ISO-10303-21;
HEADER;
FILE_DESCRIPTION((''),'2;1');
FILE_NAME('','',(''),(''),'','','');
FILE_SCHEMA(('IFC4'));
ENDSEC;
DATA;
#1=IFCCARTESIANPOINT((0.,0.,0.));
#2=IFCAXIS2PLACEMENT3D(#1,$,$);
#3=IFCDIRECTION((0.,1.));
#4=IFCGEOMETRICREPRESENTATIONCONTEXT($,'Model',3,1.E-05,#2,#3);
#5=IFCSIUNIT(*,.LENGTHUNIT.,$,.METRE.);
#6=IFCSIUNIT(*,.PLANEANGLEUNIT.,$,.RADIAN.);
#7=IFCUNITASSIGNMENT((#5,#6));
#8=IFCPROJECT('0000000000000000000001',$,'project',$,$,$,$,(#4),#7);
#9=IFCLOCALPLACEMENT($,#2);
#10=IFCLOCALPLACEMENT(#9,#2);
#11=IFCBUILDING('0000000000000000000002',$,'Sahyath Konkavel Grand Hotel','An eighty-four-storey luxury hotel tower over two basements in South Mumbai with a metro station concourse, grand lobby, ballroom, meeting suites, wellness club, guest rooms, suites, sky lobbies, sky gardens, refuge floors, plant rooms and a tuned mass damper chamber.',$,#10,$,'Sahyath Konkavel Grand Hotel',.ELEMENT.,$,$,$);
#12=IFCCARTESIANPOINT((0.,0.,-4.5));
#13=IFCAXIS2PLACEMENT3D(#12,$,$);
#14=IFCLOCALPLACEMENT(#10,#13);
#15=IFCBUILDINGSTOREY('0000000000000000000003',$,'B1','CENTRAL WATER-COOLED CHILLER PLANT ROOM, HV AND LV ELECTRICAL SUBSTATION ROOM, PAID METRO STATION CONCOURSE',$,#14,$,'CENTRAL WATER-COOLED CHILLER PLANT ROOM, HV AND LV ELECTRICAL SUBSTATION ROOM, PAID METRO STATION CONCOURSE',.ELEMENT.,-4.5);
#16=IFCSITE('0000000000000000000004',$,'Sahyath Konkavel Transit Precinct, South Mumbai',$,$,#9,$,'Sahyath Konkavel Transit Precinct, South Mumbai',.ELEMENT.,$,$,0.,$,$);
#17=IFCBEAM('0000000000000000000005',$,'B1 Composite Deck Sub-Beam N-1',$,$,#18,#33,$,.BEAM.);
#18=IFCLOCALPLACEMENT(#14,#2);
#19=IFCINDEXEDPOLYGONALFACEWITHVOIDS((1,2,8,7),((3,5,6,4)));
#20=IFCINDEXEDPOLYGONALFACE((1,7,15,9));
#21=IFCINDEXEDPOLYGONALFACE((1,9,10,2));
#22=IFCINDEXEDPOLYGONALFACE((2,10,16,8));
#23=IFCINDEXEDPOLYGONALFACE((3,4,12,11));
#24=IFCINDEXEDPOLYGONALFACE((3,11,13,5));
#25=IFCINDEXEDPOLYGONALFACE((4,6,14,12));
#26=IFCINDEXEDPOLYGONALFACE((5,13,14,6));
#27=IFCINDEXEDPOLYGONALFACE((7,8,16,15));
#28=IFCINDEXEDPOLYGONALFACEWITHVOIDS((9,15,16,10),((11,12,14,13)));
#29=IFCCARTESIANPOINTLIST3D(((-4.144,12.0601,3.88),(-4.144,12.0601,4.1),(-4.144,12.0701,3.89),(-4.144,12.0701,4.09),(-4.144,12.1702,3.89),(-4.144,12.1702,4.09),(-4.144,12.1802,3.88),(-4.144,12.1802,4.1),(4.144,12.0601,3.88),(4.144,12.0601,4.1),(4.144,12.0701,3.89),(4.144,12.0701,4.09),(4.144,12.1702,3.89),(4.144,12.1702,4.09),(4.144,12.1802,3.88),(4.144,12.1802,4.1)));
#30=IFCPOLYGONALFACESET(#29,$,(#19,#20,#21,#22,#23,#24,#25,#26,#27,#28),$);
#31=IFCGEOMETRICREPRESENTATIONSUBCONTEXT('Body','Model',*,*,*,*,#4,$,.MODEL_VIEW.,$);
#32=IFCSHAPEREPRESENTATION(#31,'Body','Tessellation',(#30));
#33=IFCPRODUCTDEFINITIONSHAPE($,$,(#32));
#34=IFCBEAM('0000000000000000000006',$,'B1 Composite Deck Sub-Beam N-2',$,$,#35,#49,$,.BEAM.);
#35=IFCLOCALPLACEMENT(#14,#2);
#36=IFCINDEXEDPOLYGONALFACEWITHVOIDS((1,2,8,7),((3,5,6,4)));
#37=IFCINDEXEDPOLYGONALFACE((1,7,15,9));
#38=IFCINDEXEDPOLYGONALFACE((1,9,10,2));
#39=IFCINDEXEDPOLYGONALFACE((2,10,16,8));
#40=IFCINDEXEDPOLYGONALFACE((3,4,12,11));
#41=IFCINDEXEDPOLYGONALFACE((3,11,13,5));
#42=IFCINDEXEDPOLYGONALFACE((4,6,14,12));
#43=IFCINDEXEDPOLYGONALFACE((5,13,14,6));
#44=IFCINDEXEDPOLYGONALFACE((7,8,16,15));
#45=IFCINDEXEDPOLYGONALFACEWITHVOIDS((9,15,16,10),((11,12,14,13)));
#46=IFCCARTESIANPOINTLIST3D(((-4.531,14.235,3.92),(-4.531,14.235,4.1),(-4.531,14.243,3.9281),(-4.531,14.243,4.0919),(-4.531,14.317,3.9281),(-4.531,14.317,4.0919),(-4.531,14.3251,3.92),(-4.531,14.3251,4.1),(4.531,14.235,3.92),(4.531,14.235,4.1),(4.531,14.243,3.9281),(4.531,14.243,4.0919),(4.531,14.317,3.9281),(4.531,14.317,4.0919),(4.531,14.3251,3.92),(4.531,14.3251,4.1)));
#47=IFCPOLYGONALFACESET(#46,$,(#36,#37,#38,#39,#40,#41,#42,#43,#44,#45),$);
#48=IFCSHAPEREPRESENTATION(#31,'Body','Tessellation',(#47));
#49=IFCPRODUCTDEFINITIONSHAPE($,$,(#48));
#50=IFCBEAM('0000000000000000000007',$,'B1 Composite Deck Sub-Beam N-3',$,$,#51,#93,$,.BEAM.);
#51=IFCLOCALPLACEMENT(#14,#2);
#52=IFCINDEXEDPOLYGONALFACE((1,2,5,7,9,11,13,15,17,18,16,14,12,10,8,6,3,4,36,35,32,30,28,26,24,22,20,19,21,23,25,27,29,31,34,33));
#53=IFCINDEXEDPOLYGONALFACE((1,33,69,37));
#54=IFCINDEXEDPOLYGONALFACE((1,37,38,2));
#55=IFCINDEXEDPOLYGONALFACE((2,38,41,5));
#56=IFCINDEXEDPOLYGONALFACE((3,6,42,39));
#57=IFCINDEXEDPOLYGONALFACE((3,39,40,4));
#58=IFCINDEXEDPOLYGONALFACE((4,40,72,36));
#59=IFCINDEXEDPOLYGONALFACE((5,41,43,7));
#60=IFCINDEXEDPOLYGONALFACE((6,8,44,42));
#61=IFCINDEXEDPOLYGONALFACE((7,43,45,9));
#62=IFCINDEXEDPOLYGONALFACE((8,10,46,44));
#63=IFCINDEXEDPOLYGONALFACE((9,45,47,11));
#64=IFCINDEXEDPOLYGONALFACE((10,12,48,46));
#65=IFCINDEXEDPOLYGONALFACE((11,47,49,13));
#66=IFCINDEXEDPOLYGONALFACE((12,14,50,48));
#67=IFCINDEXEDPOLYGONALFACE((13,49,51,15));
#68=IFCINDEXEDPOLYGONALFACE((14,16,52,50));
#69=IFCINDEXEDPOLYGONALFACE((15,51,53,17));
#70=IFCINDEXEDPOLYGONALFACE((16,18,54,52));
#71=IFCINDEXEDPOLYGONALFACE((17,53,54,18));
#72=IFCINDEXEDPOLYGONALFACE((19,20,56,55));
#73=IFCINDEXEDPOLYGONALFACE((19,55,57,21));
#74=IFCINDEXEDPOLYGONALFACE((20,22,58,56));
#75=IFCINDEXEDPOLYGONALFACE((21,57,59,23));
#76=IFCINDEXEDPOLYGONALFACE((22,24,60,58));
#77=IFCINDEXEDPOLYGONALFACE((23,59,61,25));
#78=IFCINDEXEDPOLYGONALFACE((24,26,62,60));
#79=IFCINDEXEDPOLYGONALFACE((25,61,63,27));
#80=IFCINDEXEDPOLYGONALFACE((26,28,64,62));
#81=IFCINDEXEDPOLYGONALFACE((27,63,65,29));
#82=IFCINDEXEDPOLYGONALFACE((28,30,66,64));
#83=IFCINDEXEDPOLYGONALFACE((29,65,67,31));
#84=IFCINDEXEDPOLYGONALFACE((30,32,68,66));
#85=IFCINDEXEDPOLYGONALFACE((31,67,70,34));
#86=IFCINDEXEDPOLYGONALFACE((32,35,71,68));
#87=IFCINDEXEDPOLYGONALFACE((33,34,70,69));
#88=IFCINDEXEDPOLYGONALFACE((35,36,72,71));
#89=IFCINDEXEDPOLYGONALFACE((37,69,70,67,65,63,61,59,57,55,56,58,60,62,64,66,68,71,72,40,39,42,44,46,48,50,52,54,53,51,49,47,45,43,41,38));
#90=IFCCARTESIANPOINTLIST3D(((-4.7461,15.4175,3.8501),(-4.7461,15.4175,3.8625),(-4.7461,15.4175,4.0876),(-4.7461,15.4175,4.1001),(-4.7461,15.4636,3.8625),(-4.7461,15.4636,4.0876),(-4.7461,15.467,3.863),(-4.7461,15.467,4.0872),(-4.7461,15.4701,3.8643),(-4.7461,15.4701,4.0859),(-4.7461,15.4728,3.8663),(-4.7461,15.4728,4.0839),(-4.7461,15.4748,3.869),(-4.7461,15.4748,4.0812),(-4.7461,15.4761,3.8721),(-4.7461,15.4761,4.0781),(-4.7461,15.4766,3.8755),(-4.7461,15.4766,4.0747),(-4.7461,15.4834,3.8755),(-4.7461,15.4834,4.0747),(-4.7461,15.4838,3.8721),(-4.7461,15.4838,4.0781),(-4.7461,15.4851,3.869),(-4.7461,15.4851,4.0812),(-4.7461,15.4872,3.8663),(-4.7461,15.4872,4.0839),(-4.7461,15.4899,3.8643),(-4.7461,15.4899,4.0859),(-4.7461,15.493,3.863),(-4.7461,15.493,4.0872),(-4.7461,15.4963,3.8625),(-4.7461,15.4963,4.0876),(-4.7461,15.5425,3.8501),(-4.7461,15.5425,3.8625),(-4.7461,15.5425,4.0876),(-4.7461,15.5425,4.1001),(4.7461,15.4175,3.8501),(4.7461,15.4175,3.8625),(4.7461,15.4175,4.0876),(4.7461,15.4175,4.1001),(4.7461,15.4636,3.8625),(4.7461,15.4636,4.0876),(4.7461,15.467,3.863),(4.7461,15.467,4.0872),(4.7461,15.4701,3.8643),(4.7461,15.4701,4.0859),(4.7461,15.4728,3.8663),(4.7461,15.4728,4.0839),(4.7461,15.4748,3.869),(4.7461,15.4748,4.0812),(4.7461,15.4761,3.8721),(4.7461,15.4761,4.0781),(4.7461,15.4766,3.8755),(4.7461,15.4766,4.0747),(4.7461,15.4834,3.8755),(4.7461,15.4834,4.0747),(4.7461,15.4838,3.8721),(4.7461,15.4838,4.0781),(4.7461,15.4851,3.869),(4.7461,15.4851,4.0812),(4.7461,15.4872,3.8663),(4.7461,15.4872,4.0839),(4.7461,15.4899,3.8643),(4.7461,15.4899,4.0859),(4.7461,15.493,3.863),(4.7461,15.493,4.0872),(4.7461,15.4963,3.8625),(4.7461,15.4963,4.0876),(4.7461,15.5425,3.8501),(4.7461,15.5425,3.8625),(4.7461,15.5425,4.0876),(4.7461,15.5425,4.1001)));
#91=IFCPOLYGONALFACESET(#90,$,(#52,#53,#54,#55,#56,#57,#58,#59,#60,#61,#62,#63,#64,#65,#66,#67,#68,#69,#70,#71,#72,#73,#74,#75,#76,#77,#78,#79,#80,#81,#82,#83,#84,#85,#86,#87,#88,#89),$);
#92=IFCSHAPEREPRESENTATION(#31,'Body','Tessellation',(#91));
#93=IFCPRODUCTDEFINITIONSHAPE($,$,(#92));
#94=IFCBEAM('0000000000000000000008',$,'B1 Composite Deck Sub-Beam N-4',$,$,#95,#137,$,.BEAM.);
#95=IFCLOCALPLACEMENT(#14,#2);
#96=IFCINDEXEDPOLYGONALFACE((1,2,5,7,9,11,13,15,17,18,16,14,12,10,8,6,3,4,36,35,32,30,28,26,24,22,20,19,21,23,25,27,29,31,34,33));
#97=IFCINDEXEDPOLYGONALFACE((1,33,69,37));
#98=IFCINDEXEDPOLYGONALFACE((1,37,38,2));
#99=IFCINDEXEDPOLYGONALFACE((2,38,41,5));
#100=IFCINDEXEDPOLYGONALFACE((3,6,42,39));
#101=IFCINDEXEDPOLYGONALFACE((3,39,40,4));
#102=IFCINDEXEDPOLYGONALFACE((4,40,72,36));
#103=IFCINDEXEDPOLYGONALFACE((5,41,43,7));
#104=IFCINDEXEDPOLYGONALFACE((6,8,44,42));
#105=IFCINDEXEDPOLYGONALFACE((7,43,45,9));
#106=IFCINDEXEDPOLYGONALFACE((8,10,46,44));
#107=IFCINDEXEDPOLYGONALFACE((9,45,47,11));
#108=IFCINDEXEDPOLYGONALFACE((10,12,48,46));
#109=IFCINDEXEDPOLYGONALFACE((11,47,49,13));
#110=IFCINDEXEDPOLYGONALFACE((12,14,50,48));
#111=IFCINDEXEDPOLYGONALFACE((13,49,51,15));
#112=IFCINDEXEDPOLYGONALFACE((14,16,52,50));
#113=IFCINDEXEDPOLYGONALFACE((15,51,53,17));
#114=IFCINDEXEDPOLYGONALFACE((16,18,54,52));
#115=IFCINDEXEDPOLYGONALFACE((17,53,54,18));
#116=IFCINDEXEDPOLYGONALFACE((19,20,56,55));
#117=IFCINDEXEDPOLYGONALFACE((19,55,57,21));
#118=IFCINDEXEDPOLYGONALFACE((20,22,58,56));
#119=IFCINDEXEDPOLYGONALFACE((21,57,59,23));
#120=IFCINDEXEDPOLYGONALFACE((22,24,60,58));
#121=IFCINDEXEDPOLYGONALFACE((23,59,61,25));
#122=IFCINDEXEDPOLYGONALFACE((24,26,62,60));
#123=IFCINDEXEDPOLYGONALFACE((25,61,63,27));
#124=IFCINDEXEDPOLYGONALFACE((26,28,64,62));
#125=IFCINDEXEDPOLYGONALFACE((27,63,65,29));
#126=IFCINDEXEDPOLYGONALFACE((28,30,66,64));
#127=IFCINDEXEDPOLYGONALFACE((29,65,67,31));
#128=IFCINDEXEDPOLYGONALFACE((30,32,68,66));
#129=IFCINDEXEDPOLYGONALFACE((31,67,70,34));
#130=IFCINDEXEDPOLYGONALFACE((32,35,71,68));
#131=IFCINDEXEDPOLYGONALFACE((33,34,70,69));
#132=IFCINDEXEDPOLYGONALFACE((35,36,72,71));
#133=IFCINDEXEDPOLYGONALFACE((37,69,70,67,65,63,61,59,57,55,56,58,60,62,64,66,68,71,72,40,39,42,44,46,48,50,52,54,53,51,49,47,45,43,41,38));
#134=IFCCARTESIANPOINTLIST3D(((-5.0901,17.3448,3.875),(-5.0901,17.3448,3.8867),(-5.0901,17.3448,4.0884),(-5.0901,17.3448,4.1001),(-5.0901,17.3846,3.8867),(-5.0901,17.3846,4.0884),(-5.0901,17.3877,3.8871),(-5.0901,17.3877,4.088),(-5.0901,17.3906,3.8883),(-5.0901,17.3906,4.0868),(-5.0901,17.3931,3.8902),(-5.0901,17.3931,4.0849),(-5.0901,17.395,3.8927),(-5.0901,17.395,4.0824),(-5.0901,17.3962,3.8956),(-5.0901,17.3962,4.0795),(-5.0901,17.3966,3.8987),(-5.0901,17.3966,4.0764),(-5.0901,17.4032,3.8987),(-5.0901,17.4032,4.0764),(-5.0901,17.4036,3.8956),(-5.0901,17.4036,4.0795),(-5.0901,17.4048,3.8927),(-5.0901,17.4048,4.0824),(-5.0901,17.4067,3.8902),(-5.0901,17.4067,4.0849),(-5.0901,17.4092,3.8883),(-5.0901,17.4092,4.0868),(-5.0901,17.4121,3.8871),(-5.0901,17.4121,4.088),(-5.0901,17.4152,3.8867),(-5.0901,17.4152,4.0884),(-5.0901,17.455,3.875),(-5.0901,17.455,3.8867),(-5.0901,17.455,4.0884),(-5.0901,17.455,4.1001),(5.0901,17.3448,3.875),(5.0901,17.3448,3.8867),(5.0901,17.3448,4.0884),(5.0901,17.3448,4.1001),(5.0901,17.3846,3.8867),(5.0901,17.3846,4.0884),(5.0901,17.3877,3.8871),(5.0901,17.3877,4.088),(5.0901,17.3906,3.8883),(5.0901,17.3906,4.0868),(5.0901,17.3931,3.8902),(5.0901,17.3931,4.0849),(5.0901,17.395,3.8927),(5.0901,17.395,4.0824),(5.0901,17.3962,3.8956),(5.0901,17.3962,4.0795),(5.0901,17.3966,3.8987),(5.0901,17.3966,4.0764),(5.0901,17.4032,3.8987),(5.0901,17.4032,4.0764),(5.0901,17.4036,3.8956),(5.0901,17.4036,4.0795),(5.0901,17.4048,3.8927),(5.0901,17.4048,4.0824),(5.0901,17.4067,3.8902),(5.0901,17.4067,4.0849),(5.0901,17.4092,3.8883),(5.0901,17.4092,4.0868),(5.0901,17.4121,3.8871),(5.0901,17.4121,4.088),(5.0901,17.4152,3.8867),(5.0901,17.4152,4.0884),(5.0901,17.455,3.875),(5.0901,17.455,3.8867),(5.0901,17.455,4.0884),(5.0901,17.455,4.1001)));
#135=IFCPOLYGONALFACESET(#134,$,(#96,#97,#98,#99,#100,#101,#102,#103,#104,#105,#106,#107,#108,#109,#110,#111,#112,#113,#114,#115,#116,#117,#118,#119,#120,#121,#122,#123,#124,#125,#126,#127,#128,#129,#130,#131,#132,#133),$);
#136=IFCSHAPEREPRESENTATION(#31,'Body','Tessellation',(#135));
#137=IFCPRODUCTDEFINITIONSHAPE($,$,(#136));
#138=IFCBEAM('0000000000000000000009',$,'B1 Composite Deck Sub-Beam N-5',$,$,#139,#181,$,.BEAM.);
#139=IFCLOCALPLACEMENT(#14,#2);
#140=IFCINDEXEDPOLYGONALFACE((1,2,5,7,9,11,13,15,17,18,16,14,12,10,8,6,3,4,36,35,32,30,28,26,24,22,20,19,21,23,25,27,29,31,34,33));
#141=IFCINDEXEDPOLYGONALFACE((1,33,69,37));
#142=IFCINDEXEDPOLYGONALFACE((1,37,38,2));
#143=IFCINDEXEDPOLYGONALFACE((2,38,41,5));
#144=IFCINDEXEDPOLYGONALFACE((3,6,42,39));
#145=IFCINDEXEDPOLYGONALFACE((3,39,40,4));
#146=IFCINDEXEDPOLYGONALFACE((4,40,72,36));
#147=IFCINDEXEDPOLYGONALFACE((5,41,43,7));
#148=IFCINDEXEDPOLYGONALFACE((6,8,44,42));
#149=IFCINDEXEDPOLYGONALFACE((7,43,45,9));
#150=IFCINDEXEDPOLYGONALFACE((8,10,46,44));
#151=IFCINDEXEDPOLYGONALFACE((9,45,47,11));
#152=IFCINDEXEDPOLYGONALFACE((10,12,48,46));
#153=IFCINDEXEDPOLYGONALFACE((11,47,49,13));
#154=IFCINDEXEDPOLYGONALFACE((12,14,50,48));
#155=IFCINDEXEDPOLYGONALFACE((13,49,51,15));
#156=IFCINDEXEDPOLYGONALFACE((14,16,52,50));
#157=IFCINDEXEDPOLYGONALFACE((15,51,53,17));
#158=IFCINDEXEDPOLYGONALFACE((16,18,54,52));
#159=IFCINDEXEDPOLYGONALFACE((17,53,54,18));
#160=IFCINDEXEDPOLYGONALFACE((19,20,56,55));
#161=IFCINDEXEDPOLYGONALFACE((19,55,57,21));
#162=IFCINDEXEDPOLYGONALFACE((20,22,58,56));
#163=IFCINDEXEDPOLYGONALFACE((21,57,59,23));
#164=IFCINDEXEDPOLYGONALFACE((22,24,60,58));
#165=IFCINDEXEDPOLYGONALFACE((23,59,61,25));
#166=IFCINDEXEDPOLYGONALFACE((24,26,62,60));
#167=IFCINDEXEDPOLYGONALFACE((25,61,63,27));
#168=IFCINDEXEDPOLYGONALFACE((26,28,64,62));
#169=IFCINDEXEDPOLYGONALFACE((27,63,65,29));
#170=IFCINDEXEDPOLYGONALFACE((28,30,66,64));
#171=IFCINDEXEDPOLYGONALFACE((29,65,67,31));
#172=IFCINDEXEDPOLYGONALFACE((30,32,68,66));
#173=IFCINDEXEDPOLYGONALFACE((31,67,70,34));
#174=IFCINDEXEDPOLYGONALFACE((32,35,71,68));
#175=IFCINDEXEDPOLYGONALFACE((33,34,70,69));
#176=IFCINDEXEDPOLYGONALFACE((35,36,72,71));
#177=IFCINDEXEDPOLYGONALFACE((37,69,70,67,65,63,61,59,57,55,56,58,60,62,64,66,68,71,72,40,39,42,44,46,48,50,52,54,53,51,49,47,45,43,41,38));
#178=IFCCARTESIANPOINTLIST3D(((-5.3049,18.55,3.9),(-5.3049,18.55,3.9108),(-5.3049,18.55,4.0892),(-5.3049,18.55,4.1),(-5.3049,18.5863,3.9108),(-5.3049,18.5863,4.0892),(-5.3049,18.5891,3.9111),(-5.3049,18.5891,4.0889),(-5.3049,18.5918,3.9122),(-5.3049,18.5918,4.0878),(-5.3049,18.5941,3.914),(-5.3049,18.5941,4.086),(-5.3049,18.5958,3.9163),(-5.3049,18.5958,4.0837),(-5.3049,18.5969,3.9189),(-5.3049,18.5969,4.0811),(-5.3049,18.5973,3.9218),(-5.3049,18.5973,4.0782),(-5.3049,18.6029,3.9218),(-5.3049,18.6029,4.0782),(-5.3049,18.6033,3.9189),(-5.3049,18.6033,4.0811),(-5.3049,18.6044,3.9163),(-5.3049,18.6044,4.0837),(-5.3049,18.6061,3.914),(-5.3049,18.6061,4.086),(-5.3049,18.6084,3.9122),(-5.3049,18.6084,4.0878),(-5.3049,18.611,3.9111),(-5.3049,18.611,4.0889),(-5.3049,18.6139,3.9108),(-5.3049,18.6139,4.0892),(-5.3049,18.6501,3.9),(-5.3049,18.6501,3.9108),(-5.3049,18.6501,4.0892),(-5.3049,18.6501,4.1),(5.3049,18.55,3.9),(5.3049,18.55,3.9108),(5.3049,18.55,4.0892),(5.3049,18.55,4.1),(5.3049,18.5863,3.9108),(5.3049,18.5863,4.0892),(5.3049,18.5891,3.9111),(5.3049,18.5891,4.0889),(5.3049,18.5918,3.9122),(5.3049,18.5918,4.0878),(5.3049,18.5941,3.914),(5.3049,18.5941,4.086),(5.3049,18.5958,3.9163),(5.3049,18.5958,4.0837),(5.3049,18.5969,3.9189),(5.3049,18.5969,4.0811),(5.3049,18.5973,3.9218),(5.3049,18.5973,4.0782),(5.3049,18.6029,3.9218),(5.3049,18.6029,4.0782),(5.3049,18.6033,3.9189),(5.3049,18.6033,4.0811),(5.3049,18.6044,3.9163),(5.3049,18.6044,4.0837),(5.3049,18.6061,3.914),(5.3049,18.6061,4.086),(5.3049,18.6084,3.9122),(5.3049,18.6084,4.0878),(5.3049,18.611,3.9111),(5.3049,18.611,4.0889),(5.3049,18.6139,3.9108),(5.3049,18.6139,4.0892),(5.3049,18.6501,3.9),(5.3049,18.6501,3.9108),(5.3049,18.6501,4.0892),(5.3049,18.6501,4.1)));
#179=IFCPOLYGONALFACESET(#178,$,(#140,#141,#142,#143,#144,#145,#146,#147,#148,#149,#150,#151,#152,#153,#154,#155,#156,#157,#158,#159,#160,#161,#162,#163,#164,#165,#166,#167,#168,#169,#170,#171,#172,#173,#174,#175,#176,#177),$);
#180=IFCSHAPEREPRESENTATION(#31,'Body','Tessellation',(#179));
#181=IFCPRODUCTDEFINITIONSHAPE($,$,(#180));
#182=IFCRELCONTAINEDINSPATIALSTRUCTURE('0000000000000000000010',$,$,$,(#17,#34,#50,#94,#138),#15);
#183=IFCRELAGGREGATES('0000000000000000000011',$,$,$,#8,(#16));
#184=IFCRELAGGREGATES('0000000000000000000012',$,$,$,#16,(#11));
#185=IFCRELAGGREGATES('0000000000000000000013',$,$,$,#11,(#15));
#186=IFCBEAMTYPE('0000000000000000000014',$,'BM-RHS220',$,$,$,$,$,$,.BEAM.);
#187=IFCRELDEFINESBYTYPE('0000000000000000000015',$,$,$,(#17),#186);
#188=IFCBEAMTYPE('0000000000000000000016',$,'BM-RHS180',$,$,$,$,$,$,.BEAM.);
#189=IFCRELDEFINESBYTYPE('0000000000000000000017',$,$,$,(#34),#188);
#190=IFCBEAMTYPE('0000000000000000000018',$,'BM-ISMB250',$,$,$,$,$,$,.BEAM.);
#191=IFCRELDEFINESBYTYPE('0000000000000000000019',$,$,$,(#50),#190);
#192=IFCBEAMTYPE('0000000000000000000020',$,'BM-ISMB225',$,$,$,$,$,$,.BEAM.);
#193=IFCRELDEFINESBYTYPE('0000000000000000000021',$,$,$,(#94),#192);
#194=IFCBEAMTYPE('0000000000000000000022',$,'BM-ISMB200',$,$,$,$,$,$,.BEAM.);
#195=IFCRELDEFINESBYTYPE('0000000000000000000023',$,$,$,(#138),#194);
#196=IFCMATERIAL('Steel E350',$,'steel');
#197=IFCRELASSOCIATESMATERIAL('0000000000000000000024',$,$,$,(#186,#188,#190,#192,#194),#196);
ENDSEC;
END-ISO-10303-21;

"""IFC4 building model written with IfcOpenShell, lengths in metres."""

from ifc_helpers import new_model, si_unit, direction, frame, origin, origin_2d, place, context, subcontext, project, spatial, hollow_rectangle, i_section, extrude, source, transform, mapped, material, material_profile, profile_set, type_object, element, save


model = new_model("IFC4")

# Units and contexts
model_context = context("Model", 3, precision=1e-05, world=origin(), true_north=direction((0.0, 1.0)))
body_context = subcontext(model_context, "Body", "Model", "MODEL_VIEW")
ifc_project = project(units=[si_unit("LENGTHUNIT", "METRE"), si_unit("PLANEANGLEUNIT", "RADIAN")], contexts=[model_context])

# Site, building, storey
site_placement = place(None, origin())
site = spatial("IfcSite", under=ifc_project, at=site_placement, Name="Sahyath Konkavel Transit Precinct, South Mumbai", LongName="Sahyath Konkavel Transit Precinct, South Mumbai", CompositionType="ELEMENT", RefElevation=0.0)
building_placement = place(site_placement, origin())
building = spatial("IfcBuilding", under=site, at=building_placement, Name="Sahyath Konkavel Grand Hotel", Description="An eighty-four-storey luxury hotel tower over two basements in South Mumbai with a metro station concourse, grand lobby, ballroom, meeting suites, wellness club, guest rooms, suites, sky lobbies, sky gardens, refuge floors, plant rooms and a tuned mass damper chamber.", LongName="Sahyath Konkavel Grand Hotel", CompositionType="ELEMENT")
storey_placement = place(building_placement, frame((0.0, 0.0, -4.5)))
storey = spatial("IfcBuildingStorey", under=building, at=storey_placement, Name="B1", Description="CENTRAL WATER-COOLED CHILLER PLANT ROOM, HV AND LV ELECTRICAL SUBSTATION ROOM, PAID METRO STATION CONCOURSE", LongName="CENTRAL WATER-COOLED CHILLER PLANT ROOM, HV AND LV ELECTRICAL SUBSTATION ROOM, PAID METRO STATION CONCOURSE", CompositionType="ELEMENT", Elevation=-4.5)

# Beams
ifc_material_1 = material(Name="Steel E350", Category="steel")
ifc_material_profile_1 = material_profile(ifc_material_1, hollow_rectangle(XDim=0.1201, YDim=0.22, WallThickness=0.01, at=origin_2d()), Name="RHS 220x120x10")
ifc_profile_set_1 = profile_set([ifc_material_profile_1], Name="Steel E350")
beam_type_1 = type_object("IfcBeamType", Name="BM-RHS220", PredefinedType="BEAM", material=ifc_profile_set_1)
shared_shape_1 = source(origin(), body_context, "Body", "SweptSolid", [
    extrude(hollow_rectangle(XDim=0.1201, YDim=0.22, WallThickness=0.01, at=origin_2d()), origin(), (0.0, 0.0, 1.0), 8.2881),
])
beam_1_placement = place(storey_placement, frame((4.144, 12.1201, 3.99), z_axis=(-1.0, 0.0, 0.0), x_axis=(0.0, -1.0, 0.0)))
element("IfcBeam", 1, at=beam_1_placement, inside=storey, type_object=beam_type_1, Name="B1 Composite Deck Sub-Beam N-1", PredefinedType="BEAM", context=body_context, shape_type="MappedRepresentation", body=[
    mapped(shared_shape_1, transform((0.0, 0.0, 0.0), scale=1.0)),
])
ifc_material_profile_2 = material_profile(ifc_material_1, hollow_rectangle(XDim=0.0901, YDim=0.1799, WallThickness=0.0081, at=origin_2d()), Name="RHS 180x90x8")
ifc_profile_set_2 = profile_set([ifc_material_profile_2], Name="Steel E350")
beam_type_2 = type_object("IfcBeamType", Name="BM-RHS180", PredefinedType="BEAM", material=ifc_profile_set_2)
shared_shape_2 = source(origin(), body_context, "Body", "SweptSolid", [
    extrude(hollow_rectangle(XDim=0.0901, YDim=0.1799, WallThickness=0.0081, at=origin_2d()), origin(), (0.0, 0.0, 1.0), 9.062),
])
beam_2_placement = place(storey_placement, frame((4.531, 14.28, 4.01), z_axis=(-1.0, 0.0, 0.0), x_axis=(0.0, -1.0, 0.0)))
element("IfcBeam", 2, at=beam_2_placement, inside=storey, type_object=beam_type_2, Name="B1 Composite Deck Sub-Beam N-2", PredefinedType="BEAM", context=body_context, shape_type="MappedRepresentation", body=[
    mapped(shared_shape_2, transform((0.0, 0.0, 0.0), scale=1.0)),
])
ifc_material_profile_3 = material_profile(ifc_material_1, i_section(OverallWidth=0.125, OverallDepth=0.25, WebThickness=0.0068, FlangeThickness=0.0125, FilletRadius=0.0129, at=origin_2d()), Name="ISMB 250")
ifc_profile_set_3 = profile_set([ifc_material_profile_3], Name="Steel E350")
beam_type_3 = type_object("IfcBeamType", Name="BM-ISMB250", PredefinedType="BEAM", material=ifc_profile_set_3)
shared_shape_3 = source(origin(), body_context, "Body", "SweptSolid", [
    extrude(i_section(OverallWidth=0.125, OverallDepth=0.25, WebThickness=0.0068, FlangeThickness=0.0125, FilletRadius=0.0129, at=origin_2d()), origin(), (0.0, 0.0, 1.0), 9.4922),
])
beam_3_placement = place(storey_placement, frame((4.7461, 15.48, 3.9751), z_axis=(-1.0, 0.0, 0.0), x_axis=(0.0, -1.0, 0.0)))
element("IfcBeam", 3, at=beam_3_placement, inside=storey, type_object=beam_type_3, Name="B1 Composite Deck Sub-Beam N-3", PredefinedType="BEAM", context=body_context, shape_type="MappedRepresentation", body=[
    mapped(shared_shape_3, transform((0.0, 0.0, 0.0), scale=1.0)),
])
ifc_material_profile_4 = material_profile(ifc_material_1, i_section(OverallWidth=0.1101, OverallDepth=0.2251, WebThickness=0.0066, FlangeThickness=0.0117, FilletRadius=0.012, at=origin_2d()), Name="ISMB 225")
ifc_profile_set_4 = profile_set([ifc_material_profile_4], Name="Steel E350")
beam_type_4 = type_object("IfcBeamType", Name="BM-ISMB225", PredefinedType="BEAM", material=ifc_profile_set_4)
shared_shape_4 = source(origin(), body_context, "Body", "SweptSolid", [
    extrude(i_section(OverallWidth=0.1101, OverallDepth=0.2251, WebThickness=0.0066, FlangeThickness=0.0117, FilletRadius=0.012, at=origin_2d()), origin(), (0.0, 0.0, 1.0), 10.1802),
])
beam_4_placement = place(storey_placement, frame((5.0901, 17.3999, 3.9875), z_axis=(-1.0, 0.0, 0.0), x_axis=(0.0, -1.0, 0.0)))
element("IfcBeam", 4, at=beam_4_placement, inside=storey, type_object=beam_type_4, Name="B1 Composite Deck Sub-Beam N-4", PredefinedType="BEAM", context=body_context, shape_type="MappedRepresentation", body=[
    mapped(shared_shape_4, transform((0.0, 0.0, 0.0), scale=1.0)),
])
ifc_material_profile_5 = material_profile(ifc_material_1, i_section(OverallWidth=0.1001, OverallDepth=0.2, WebThickness=0.0056, FlangeThickness=0.0107, FilletRadius=0.011, at=origin_2d()), Name="ISMB 200")
ifc_profile_set_5 = profile_set([ifc_material_profile_5], Name="Steel E350")
beam_type_5 = type_object("IfcBeamType", Name="BM-ISMB200", PredefinedType="BEAM", material=ifc_profile_set_5)
shared_shape_5 = source(origin(), body_context, "Body", "SweptSolid", [
    extrude(i_section(OverallWidth=0.1001, OverallDepth=0.2, WebThickness=0.0056, FlangeThickness=0.0107, FilletRadius=0.011, at=origin_2d()), origin(), (0.0, 0.0, 1.0), 10.6099),
])
beam_5_placement = place(storey_placement, frame((5.3049, 18.6001, 4.0), z_axis=(-1.0, 0.0, 0.0), x_axis=(0.0, -1.0, 0.0)))
element("IfcBeam", 5, at=beam_5_placement, inside=storey, type_object=beam_type_5, Name="B1 Composite Deck Sub-Beam N-5", PredefinedType="BEAM", context=body_context, shape_type="MappedRepresentation", body=[
    mapped(shared_shape_5, transform((0.0, 0.0, 0.0), scale=1.0)),
])

save(model, "model.ifc")
